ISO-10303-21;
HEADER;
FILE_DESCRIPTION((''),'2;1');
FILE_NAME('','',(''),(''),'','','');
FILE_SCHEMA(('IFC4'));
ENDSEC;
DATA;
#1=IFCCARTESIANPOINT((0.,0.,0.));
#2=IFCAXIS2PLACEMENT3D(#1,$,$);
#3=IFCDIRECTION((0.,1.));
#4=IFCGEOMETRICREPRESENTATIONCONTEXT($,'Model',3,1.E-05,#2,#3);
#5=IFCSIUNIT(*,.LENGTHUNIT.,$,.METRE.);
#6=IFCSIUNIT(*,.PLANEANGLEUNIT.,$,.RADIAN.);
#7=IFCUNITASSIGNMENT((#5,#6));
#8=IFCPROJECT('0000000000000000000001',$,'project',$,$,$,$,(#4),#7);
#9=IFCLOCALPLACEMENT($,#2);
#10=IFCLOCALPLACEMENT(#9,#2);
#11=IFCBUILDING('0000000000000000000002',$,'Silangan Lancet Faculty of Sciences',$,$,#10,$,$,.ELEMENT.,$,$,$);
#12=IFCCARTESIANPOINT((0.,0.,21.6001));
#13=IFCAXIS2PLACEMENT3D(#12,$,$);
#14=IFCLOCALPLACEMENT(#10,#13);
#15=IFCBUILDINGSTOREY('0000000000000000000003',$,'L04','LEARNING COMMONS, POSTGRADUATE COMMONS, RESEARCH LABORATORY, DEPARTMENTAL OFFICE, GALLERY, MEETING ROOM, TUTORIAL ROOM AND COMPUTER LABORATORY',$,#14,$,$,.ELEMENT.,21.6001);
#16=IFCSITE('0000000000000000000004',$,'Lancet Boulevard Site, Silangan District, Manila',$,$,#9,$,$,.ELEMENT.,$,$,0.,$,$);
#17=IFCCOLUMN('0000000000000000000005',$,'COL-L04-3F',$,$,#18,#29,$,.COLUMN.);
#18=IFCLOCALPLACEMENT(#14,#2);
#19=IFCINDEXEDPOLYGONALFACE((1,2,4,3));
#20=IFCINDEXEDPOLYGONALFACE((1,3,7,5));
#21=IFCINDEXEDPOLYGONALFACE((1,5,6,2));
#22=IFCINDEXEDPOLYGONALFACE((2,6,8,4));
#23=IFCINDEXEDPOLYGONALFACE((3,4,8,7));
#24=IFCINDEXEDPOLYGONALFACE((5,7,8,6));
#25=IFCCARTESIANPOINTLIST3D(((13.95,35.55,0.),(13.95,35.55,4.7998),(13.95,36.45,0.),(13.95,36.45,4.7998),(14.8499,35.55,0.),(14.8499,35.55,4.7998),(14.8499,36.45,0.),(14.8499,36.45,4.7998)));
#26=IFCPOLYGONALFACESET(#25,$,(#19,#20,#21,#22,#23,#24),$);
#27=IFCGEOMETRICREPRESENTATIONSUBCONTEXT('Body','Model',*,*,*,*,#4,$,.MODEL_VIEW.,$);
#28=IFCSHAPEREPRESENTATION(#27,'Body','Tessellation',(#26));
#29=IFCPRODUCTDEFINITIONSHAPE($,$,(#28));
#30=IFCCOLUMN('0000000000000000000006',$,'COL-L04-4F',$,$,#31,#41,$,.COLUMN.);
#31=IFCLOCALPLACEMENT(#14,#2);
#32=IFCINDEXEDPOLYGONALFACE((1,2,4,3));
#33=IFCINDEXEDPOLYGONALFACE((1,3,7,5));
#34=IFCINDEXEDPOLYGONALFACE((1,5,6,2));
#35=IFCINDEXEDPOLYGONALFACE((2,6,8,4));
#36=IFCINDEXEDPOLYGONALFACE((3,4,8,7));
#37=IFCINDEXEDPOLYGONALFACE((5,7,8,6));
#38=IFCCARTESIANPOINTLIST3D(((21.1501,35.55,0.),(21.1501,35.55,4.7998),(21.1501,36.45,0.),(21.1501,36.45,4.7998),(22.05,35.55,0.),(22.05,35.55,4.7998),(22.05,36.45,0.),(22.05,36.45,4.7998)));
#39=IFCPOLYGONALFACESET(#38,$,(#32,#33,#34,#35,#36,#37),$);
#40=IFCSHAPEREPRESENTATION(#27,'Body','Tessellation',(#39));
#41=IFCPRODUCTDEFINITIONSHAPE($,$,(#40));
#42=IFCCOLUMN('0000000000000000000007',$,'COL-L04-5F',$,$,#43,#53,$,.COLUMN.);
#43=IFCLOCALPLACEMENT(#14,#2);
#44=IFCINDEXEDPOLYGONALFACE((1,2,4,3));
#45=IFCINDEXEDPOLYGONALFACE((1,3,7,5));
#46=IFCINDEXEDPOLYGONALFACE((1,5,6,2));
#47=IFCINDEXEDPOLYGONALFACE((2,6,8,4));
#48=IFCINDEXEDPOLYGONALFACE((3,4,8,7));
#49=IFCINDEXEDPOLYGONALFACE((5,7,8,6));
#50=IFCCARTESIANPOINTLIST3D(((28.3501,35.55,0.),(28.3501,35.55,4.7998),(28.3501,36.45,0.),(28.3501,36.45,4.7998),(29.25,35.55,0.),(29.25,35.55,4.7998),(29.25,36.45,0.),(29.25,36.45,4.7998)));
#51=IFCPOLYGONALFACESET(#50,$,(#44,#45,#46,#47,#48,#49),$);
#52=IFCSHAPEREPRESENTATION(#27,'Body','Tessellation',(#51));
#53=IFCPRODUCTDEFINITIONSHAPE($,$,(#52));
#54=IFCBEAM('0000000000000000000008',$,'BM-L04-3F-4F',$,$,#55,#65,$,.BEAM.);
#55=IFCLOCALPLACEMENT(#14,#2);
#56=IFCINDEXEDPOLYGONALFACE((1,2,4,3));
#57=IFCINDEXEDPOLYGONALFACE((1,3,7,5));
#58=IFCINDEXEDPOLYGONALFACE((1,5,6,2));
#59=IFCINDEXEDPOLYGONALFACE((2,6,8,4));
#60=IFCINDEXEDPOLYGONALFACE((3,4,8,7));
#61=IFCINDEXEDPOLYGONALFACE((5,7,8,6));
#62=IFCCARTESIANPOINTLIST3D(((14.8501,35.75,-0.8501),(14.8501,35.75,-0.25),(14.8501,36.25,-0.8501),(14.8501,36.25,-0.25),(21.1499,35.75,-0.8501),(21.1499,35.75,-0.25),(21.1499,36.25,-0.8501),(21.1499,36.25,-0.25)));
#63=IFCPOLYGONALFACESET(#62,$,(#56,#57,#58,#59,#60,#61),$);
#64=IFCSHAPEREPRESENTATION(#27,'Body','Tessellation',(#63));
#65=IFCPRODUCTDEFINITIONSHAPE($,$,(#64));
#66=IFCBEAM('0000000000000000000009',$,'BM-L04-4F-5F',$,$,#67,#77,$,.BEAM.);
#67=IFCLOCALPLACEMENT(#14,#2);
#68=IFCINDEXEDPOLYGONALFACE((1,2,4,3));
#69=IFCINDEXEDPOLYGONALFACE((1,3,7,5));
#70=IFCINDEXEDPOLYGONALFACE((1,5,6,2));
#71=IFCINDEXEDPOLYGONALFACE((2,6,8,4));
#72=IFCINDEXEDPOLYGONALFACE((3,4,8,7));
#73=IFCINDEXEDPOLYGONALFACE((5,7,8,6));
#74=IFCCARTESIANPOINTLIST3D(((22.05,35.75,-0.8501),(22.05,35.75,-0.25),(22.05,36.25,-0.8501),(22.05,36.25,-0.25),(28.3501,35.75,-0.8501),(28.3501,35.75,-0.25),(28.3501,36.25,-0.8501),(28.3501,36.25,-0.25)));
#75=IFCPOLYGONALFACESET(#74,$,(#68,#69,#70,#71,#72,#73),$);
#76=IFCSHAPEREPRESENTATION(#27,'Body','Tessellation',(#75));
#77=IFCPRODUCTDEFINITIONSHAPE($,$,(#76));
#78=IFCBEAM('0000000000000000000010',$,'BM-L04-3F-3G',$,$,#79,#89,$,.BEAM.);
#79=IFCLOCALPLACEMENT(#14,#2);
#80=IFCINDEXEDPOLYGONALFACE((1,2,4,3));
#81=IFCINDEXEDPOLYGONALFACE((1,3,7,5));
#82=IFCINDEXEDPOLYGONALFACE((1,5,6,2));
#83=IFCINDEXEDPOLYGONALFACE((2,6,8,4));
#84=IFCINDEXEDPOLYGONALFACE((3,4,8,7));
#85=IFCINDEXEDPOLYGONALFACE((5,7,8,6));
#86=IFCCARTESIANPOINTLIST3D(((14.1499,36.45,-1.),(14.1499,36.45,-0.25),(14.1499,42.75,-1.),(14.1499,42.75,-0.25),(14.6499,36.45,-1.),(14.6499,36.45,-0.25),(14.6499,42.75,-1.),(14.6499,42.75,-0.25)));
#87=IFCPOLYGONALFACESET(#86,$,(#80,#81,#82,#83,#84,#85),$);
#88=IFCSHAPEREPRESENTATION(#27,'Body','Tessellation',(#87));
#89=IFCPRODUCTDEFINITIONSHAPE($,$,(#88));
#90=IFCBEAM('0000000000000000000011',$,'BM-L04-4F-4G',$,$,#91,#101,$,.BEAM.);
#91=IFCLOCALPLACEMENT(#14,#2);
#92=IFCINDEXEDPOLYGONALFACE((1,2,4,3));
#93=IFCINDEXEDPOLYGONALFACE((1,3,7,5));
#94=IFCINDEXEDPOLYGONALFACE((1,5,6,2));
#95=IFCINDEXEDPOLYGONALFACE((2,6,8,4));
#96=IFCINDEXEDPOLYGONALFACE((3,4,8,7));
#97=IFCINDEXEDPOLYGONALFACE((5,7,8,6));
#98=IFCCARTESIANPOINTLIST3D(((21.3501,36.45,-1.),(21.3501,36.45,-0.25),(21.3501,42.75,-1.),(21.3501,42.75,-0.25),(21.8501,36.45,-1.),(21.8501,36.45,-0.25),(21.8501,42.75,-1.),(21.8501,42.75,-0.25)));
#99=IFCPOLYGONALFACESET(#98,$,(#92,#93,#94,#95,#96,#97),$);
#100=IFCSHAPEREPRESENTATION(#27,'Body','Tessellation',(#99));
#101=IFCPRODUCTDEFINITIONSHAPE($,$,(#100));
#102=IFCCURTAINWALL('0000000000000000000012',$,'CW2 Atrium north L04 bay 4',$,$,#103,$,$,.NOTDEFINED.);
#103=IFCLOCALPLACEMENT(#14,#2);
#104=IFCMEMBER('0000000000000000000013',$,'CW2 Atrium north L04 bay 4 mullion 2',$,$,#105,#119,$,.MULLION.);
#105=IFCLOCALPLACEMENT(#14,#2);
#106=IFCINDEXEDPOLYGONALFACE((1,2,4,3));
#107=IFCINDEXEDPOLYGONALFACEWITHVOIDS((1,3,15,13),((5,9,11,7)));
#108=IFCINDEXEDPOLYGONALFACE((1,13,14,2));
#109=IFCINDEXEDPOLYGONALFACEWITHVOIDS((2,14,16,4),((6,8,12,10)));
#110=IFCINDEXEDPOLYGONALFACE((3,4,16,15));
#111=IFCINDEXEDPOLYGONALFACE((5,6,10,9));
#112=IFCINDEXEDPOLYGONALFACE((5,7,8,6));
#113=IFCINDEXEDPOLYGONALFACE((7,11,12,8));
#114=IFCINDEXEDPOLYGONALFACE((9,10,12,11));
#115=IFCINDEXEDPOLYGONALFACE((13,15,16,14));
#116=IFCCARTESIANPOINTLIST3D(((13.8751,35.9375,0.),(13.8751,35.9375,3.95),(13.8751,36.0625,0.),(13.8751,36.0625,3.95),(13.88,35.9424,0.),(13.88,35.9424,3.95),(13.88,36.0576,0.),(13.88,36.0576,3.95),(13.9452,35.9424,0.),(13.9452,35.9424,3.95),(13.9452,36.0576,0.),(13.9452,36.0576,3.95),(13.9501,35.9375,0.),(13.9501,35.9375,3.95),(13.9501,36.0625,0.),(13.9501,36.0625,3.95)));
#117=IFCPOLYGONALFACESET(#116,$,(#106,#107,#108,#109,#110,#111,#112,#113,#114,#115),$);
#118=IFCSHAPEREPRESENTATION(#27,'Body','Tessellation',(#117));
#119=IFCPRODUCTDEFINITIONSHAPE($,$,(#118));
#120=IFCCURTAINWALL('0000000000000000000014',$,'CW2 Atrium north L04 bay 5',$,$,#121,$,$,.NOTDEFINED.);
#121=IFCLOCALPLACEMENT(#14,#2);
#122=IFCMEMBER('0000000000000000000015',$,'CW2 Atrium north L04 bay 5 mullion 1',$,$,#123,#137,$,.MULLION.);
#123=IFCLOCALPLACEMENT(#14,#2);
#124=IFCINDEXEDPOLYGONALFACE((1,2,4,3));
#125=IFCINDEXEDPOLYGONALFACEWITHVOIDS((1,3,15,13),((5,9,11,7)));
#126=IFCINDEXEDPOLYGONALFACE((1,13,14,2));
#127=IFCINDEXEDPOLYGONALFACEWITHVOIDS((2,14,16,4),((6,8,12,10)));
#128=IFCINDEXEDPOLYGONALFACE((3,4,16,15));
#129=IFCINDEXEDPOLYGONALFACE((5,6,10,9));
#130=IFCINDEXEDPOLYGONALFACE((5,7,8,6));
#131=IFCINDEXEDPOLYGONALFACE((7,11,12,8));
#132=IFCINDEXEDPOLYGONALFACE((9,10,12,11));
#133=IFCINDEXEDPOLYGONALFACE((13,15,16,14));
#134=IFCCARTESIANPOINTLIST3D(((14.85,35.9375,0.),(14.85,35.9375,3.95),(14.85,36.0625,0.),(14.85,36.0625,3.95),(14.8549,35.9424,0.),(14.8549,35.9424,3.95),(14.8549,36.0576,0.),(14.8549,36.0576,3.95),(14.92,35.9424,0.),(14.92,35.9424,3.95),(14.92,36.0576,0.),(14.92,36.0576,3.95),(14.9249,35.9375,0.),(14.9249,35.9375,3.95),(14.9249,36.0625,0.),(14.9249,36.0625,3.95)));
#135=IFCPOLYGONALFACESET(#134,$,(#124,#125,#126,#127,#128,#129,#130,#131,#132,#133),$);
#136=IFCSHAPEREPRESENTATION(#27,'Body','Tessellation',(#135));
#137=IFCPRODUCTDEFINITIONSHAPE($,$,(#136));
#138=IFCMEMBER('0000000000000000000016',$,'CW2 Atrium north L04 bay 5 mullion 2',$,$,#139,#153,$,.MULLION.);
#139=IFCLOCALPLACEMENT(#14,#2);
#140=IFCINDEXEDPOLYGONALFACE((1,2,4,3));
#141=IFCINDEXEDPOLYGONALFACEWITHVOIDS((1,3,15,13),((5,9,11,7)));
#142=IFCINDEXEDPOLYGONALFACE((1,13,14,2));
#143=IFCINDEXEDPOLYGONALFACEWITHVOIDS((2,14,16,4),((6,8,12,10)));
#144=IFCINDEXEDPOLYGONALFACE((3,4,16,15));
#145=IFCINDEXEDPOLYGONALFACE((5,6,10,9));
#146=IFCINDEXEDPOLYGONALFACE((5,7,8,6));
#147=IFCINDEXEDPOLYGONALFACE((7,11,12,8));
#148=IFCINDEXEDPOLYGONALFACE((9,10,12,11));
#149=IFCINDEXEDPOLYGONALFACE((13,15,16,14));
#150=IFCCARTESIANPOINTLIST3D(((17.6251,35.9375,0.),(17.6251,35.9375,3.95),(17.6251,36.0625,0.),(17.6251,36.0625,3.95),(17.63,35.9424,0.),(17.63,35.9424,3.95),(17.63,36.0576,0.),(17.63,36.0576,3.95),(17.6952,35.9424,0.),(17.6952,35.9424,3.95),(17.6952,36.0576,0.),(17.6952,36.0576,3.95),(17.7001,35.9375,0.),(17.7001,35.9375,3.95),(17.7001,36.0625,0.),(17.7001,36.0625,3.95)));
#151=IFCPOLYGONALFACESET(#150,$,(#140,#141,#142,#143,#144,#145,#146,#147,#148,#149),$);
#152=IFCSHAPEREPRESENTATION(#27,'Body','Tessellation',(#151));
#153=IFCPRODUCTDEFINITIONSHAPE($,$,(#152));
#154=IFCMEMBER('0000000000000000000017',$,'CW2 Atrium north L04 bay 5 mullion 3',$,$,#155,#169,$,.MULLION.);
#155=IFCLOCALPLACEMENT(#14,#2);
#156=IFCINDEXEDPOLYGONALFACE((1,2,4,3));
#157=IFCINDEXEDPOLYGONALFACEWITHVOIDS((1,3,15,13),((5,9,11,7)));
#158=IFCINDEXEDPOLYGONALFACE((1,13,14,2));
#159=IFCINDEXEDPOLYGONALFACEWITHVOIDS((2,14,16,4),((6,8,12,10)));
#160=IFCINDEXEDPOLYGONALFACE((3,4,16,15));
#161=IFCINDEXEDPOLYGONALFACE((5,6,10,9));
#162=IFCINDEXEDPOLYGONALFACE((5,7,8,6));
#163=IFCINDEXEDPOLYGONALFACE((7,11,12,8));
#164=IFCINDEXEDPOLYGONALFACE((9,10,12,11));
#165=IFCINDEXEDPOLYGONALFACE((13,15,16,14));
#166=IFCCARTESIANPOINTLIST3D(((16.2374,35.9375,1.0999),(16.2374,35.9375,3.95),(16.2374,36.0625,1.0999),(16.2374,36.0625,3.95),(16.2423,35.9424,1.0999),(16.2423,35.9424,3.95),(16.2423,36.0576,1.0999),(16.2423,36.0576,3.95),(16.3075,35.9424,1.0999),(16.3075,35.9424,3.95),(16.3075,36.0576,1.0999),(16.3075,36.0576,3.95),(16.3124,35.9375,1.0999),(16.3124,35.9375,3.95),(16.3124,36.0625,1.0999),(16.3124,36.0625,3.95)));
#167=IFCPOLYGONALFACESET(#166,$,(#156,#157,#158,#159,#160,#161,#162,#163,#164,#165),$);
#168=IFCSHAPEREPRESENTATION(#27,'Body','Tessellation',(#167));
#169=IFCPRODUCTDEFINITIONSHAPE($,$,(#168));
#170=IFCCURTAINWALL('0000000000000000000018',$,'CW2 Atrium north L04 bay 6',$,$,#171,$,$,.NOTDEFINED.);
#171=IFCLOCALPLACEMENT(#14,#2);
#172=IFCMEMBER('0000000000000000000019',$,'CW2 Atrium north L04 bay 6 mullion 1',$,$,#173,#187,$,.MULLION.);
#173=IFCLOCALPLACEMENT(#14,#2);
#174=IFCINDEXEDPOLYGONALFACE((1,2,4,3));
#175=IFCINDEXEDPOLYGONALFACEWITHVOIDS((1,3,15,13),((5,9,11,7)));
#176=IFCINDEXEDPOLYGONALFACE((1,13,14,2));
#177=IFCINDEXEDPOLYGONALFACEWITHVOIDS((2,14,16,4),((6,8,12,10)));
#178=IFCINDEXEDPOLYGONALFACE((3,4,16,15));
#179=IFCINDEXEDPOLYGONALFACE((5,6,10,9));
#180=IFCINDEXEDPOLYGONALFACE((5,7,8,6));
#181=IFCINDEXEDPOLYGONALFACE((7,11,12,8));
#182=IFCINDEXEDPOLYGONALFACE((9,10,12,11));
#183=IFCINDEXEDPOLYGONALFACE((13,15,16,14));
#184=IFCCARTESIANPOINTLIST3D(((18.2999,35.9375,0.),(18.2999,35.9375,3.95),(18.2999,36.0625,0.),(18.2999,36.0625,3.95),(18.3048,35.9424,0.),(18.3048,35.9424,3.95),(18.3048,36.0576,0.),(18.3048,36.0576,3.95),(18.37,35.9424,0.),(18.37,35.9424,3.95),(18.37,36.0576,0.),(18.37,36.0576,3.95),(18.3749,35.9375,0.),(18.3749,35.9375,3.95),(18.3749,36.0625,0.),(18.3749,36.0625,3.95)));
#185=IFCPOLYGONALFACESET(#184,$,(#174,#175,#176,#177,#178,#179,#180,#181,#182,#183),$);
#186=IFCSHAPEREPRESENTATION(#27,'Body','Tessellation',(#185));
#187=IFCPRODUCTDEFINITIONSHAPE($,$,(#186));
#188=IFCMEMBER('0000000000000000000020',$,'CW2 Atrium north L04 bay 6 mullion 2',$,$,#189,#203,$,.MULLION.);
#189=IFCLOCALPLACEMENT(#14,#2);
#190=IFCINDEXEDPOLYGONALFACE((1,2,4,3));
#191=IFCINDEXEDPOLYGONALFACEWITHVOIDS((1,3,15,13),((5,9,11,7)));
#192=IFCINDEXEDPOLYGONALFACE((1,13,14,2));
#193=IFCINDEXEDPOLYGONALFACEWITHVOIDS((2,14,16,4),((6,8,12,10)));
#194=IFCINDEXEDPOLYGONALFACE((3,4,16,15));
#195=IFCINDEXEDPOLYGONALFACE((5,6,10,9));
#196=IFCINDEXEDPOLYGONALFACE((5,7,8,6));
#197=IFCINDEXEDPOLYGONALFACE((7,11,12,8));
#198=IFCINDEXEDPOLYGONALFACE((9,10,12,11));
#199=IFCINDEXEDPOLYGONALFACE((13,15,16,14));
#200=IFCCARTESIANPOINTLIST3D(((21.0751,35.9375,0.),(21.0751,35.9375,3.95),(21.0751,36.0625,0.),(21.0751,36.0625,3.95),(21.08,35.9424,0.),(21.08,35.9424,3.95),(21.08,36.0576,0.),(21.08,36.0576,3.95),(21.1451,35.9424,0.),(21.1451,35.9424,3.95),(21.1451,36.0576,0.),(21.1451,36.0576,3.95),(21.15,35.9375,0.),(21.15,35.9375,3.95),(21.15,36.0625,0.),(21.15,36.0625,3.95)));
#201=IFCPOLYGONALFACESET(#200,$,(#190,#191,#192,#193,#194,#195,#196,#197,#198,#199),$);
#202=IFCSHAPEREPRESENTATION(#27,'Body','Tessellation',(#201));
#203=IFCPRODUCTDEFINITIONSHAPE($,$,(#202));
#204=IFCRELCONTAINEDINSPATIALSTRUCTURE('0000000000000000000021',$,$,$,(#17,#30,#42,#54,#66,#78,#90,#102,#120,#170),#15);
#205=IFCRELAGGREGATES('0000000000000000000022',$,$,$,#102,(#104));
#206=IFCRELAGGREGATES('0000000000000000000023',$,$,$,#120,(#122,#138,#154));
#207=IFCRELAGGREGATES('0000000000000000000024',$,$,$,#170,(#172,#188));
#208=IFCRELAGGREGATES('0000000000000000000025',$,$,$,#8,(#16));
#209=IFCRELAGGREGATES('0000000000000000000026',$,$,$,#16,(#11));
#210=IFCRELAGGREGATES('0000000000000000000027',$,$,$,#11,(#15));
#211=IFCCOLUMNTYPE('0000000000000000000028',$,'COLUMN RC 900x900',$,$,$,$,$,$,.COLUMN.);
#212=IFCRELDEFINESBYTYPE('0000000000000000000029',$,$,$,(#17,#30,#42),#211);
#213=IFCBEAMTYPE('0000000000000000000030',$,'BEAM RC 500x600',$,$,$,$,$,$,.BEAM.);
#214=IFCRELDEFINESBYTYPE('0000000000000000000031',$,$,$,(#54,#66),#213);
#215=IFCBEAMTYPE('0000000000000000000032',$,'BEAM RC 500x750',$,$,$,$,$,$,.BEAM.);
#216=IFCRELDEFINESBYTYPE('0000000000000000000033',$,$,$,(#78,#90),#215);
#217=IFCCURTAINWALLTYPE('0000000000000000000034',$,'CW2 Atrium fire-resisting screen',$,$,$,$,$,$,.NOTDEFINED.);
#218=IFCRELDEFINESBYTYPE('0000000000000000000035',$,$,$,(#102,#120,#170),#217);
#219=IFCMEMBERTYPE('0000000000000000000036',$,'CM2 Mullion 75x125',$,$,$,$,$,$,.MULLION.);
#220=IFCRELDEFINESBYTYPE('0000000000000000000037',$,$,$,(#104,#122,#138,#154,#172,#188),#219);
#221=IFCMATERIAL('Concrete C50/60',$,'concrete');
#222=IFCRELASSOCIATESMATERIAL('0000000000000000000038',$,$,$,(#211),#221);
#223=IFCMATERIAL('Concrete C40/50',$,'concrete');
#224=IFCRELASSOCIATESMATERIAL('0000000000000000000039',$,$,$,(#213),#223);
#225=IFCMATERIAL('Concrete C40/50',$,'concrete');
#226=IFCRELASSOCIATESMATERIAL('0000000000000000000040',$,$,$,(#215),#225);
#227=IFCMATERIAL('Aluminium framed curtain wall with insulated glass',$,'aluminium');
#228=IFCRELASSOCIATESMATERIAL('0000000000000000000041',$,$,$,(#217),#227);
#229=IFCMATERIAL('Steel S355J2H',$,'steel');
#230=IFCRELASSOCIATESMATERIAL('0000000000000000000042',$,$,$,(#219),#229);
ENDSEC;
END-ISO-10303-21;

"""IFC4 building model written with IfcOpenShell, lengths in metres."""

from ifc_helpers import new_model, si_unit, direction, frame, origin, origin_2d, place, context, subcontext, project, spatial, rectangle, hollow_rectangle, extrude, material, material_profile, profile_set, type_object, element, aggregate, save


model = new_model("IFC4")

# Units and contexts
model_context = context("Model", 3, precision=1e-05, world=origin(), true_north=direction((0.0, 1.0)))
body_context = subcontext(model_context, "Body", "Model", "MODEL_VIEW")
ifc_project = project(units=[si_unit("LENGTHUNIT", "METRE"), si_unit("PLANEANGLEUNIT", "RADIAN")], contexts=[model_context])

# Site, building, storey
site_placement = place(None, origin())
site = spatial("IfcSite", under=ifc_project, at=site_placement, Name="Lancet Boulevard Site, Silangan District, Manila", CompositionType="ELEMENT", RefElevation=0.0)
building_placement = place(site_placement, origin())
building = spatial("IfcBuilding", under=site, at=building_placement, Name="Silangan Lancet Faculty of Sciences", CompositionType="ELEMENT")
storey_placement = place(building_placement, frame((0.0, 0.0, 21.6001)))
storey = spatial("IfcBuildingStorey", under=building, at=storey_placement, Name="L04", Description="LEARNING COMMONS, POSTGRADUATE COMMONS, RESEARCH LABORATORY, DEPARTMENTAL OFFICE, GALLERY, MEETING ROOM, TUTORIAL ROOM AND COMPUTER LABORATORY", CompositionType="ELEMENT", Elevation=21.6001)

# Columns
ifc_material_1 = material(Name="Concrete C50/60", Category="concrete")
ifc_material_profile_1 = material_profile(ifc_material_1, rectangle(XDim=0.8999, YDim=0.8999, at=origin_2d()), Name="RC 900x900")
ifc_profile_set_1 = profile_set([ifc_material_profile_1], Name="Concrete C50/60")
column_type = type_object("IfcColumnType", Name="COLUMN RC 900x900", PredefinedType="COLUMN", material=ifc_profile_set_1)
for number, where, z_axis, x_axis, name in (
    (1, (14.3999, 36.0, 0.0), (0.0, 0.0, 1.0), (1.0, 0.0, 0.0), "COL-L04-3F"),
    (2, (21.6001, 36.0, 0.0), (0.0, 0.0, 1.0), (1.0, 0.0, 0.0), "COL-L04-4F"),
    (3, (28.8, 36.0, 0.0), (0.0, 0.0, 1.0), (1.0, 0.0, 0.0), "COL-L04-5F"),
):
    element("IfcColumn", number, at=place(storey_placement, frame(where, z_axis=z_axis, x_axis=x_axis)), inside=storey, type_object=column_type, Name=name, PredefinedType="COLUMN", context=body_context, shape_type="SweptSolid", body=[
        extrude(rectangle(XDim=0.8999, YDim=0.8999, at=origin_2d()), origin(), (0.0, 0.0, 1.0), 4.7998),
    ])

# Beams
ifc_material_2 = material(Name="Concrete C40/50", Category="concrete")
ifc_material_profile_2 = material_profile(ifc_material_2, rectangle(XDim=0.5, YDim=0.6001, at=origin_2d()), Name="RC 500x600")
ifc_profile_set_2 = profile_set([ifc_material_profile_2], Name="Concrete C40/50")
beam_type_1 = type_object("IfcBeamType", Name="BEAM RC 500x600", PredefinedType="BEAM", material=ifc_profile_set_2)
beam_1_placement = place(storey_placement, frame((14.8501, 36.0, -0.55), z_axis=(1.0, 0.0, 0.0), x_axis=(0.0, 1.0, 0.0)))
element("IfcBeam", 4, at=beam_1_placement, inside=storey, type_object=beam_type_1, Name="BM-L04-3F-4F", PredefinedType="BEAM", context=body_context, shape_type="SweptSolid", body=[
    extrude(rectangle(XDim=0.5, YDim=0.6001, at=origin_2d()), origin(), (0.0, 0.0, 1.0), 6.2998),
])
beam_2_placement = place(storey_placement, frame((22.05, 36.0, -0.55), z_axis=(1.0, 0.0, 0.0), x_axis=(0.0, 1.0, 0.0)))
element("IfcBeam", 5, at=beam_2_placement, inside=storey, type_object=beam_type_1, Name="BM-L04-4F-5F", PredefinedType="BEAM", context=body_context, shape_type="SweptSolid", body=[
    extrude(rectangle(XDim=0.5, YDim=0.6001, at=origin_2d()), origin(), (0.0, 0.0, 1.0), 6.3),
])
ifc_material_3 = material(Name="Concrete C40/50", Category="concrete")
ifc_material_profile_3 = material_profile(ifc_material_3, rectangle(XDim=0.5, YDim=0.75, at=origin_2d()), Name="RC 500x750")
ifc_profile_set_3 = profile_set([ifc_material_profile_3], Name="Concrete C40/50")
beam_type_2 = type_object("IfcBeamType", Name="BEAM RC 500x750", PredefinedType="BEAM", material=ifc_profile_set_3)
for number, where, z_axis, x_axis, name in (
    (6, (14.3999, 36.45, -0.625), (0.0, 1.0, 0.0), (-1.0, 0.0, 0.0), "BM-L04-3F-3G"),
    (7, (21.6001, 36.45, -0.625), (0.0, 1.0, 0.0), (-1.0, 0.0, 0.0), "BM-L04-4F-4G"),
):
    element("IfcBeam", number, at=place(storey_placement, frame(where, z_axis=z_axis, x_axis=x_axis)), inside=storey, type_object=beam_type_2, Name=name, PredefinedType="BEAM", context=body_context, shape_type="SweptSolid", body=[
        extrude(rectangle(XDim=0.5, YDim=0.75, at=origin_2d()), origin(), (0.0, 0.0, 1.0), 6.3),
    ])

# Curtain wall, member
ifc_material_4 = material(Name="Aluminium framed curtain wall with insulated glass", Category="aluminium")
curtain_wall_type = type_object("IfcCurtainWallType", Name="CW2 Atrium fire-resisting screen", PredefinedType="NOTDEFINED", material=ifc_material_4)
curtain_wall_1_placement = place(storey_placement, origin())
curtain_wall_1 = element("IfcCurtainWall", 8, at=curtain_wall_1_placement, inside=storey, type_object=curtain_wall_type, Name="CW2 Atrium north L04 bay 4", PredefinedType="NOTDEFINED")
ifc_material_5 = material(Name="Steel S355J2H", Category="steel")
ifc_material_profile_4 = material_profile(ifc_material_5, hollow_rectangle(XDim=0.075, YDim=0.125, WallThickness=0.0049, at=origin_2d()), Name="ST BOX 75x125x5")
ifc_profile_set_4 = profile_set([ifc_material_profile_4], Name="Steel S355J2H")
member_type_1 = type_object("IfcMemberType", Name="CM2 Mullion 75x125", PredefinedType="MULLION", material=ifc_profile_set_4)
member_1_placement = place(storey_placement, frame((13.9126, 36.0, 0.0), z_axis=(0.0, 0.0, 1.0), x_axis=(1.0, 0.0, 0.0)))
member_1 = element("IfcMember", 9, at=member_1_placement, type_object=member_type_1, Name="CW2 Atrium north L04 bay 4 mullion 2", PredefinedType="MULLION", context=body_context, shape_type="SweptSolid", body=[
    extrude(hollow_rectangle(XDim=0.075, YDim=0.125, WallThickness=0.0049, at=origin_2d()), origin(), (0.0, 0.0, 1.0), 3.95),
])

# Curtain walls, members
curtain_wall_2_placement = place(storey_placement, origin())
curtain_wall_2 = element("IfcCurtainWall", 10, at=curtain_wall_2_placement, inside=storey, type_object=curtain_wall_type, Name="CW2 Atrium north L04 bay 5", PredefinedType="NOTDEFINED")
member_2_placement = place(storey_placement, frame((14.8875, 36.0, 0.0), z_axis=(0.0, 0.0, 1.0), x_axis=(1.0, 0.0, 0.0)))
member_2 = element("IfcMember", 11, at=member_2_placement, type_object=member_type_1, Name="CW2 Atrium north L04 bay 5 mullion 1", PredefinedType="MULLION", context=body_context, shape_type="SweptSolid", body=[
    extrude(hollow_rectangle(XDim=0.075, YDim=0.125, WallThickness=0.0049, at=origin_2d()), origin(), (0.0, 0.0, 1.0), 3.95),
])
member_3_placement = place(storey_placement, frame((17.6626, 36.0, 0.0), z_axis=(0.0, 0.0, 1.0), x_axis=(1.0, 0.0, 0.0)))
member_3 = element("IfcMember", 12, at=member_3_placement, type_object=member_type_1, Name="CW2 Atrium north L04 bay 5 mullion 2", PredefinedType="MULLION", context=body_context, shape_type="SweptSolid", body=[
    extrude(hollow_rectangle(XDim=0.075, YDim=0.125, WallThickness=0.0049, at=origin_2d()), origin(), (0.0, 0.0, 1.0), 3.95),
])
member_4_placement = place(storey_placement, frame((16.2749, 36.0, 1.0999), z_axis=(0.0, 0.0, 1.0), x_axis=(1.0, 0.0, 0.0)))
member_4 = element("IfcMember", 13, at=member_4_placement, type_object=member_type_1, Name="CW2 Atrium north L04 bay 5 mullion 3", PredefinedType="MULLION", context=body_context, shape_type="SweptSolid", body=[
    extrude(hollow_rectangle(XDim=0.075, YDim=0.125, WallThickness=0.0049, at=origin_2d()), origin(), (0.0, 0.0, 1.0), 2.8501),
])
curtain_wall_3_placement = place(storey_placement, origin())
curtain_wall_3 = element("IfcCurtainWall", 14, at=curtain_wall_3_placement, inside=storey, type_object=curtain_wall_type, Name="CW2 Atrium north L04 bay 6", PredefinedType="NOTDEFINED")
member_5_placement = place(storey_placement, frame((18.3374, 36.0, 0.0), z_axis=(0.0, 0.0, 1.0), x_axis=(1.0, 0.0, 0.0)))
member_5 = element("IfcMember", 15, at=member_5_placement, type_object=member_type_1, Name="CW2 Atrium north L04 bay 6 mullion 1", PredefinedType="MULLION", context=body_context, shape_type="SweptSolid", body=[
    extrude(hollow_rectangle(XDim=0.075, YDim=0.125, WallThickness=0.0049, at=origin_2d()), origin(), (0.0, 0.0, 1.0), 3.95),
])
member_6_placement = place(storey_placement, frame((21.1125, 36.0, 0.0), z_axis=(0.0, 0.0, 1.0), x_axis=(1.0, 0.0, 0.0)))
member_6 = element("IfcMember", 16, at=member_6_placement, type_object=member_type_1, Name="CW2 Atrium north L04 bay 6 mullion 2", PredefinedType="MULLION", context=body_context, shape_type="SweptSolid", body=[
    extrude(hollow_rectangle(XDim=0.075, YDim=0.125, WallThickness=0.0049, at=origin_2d()), origin(), (0.0, 0.0, 1.0), 3.95),
])

aggregate(curtain_wall_1, [member_1])
aggregate(curtain_wall_2, [member_2, member_3, member_4])
aggregate(curtain_wall_3, [member_5, member_6])

save(model, "model.ifc")
